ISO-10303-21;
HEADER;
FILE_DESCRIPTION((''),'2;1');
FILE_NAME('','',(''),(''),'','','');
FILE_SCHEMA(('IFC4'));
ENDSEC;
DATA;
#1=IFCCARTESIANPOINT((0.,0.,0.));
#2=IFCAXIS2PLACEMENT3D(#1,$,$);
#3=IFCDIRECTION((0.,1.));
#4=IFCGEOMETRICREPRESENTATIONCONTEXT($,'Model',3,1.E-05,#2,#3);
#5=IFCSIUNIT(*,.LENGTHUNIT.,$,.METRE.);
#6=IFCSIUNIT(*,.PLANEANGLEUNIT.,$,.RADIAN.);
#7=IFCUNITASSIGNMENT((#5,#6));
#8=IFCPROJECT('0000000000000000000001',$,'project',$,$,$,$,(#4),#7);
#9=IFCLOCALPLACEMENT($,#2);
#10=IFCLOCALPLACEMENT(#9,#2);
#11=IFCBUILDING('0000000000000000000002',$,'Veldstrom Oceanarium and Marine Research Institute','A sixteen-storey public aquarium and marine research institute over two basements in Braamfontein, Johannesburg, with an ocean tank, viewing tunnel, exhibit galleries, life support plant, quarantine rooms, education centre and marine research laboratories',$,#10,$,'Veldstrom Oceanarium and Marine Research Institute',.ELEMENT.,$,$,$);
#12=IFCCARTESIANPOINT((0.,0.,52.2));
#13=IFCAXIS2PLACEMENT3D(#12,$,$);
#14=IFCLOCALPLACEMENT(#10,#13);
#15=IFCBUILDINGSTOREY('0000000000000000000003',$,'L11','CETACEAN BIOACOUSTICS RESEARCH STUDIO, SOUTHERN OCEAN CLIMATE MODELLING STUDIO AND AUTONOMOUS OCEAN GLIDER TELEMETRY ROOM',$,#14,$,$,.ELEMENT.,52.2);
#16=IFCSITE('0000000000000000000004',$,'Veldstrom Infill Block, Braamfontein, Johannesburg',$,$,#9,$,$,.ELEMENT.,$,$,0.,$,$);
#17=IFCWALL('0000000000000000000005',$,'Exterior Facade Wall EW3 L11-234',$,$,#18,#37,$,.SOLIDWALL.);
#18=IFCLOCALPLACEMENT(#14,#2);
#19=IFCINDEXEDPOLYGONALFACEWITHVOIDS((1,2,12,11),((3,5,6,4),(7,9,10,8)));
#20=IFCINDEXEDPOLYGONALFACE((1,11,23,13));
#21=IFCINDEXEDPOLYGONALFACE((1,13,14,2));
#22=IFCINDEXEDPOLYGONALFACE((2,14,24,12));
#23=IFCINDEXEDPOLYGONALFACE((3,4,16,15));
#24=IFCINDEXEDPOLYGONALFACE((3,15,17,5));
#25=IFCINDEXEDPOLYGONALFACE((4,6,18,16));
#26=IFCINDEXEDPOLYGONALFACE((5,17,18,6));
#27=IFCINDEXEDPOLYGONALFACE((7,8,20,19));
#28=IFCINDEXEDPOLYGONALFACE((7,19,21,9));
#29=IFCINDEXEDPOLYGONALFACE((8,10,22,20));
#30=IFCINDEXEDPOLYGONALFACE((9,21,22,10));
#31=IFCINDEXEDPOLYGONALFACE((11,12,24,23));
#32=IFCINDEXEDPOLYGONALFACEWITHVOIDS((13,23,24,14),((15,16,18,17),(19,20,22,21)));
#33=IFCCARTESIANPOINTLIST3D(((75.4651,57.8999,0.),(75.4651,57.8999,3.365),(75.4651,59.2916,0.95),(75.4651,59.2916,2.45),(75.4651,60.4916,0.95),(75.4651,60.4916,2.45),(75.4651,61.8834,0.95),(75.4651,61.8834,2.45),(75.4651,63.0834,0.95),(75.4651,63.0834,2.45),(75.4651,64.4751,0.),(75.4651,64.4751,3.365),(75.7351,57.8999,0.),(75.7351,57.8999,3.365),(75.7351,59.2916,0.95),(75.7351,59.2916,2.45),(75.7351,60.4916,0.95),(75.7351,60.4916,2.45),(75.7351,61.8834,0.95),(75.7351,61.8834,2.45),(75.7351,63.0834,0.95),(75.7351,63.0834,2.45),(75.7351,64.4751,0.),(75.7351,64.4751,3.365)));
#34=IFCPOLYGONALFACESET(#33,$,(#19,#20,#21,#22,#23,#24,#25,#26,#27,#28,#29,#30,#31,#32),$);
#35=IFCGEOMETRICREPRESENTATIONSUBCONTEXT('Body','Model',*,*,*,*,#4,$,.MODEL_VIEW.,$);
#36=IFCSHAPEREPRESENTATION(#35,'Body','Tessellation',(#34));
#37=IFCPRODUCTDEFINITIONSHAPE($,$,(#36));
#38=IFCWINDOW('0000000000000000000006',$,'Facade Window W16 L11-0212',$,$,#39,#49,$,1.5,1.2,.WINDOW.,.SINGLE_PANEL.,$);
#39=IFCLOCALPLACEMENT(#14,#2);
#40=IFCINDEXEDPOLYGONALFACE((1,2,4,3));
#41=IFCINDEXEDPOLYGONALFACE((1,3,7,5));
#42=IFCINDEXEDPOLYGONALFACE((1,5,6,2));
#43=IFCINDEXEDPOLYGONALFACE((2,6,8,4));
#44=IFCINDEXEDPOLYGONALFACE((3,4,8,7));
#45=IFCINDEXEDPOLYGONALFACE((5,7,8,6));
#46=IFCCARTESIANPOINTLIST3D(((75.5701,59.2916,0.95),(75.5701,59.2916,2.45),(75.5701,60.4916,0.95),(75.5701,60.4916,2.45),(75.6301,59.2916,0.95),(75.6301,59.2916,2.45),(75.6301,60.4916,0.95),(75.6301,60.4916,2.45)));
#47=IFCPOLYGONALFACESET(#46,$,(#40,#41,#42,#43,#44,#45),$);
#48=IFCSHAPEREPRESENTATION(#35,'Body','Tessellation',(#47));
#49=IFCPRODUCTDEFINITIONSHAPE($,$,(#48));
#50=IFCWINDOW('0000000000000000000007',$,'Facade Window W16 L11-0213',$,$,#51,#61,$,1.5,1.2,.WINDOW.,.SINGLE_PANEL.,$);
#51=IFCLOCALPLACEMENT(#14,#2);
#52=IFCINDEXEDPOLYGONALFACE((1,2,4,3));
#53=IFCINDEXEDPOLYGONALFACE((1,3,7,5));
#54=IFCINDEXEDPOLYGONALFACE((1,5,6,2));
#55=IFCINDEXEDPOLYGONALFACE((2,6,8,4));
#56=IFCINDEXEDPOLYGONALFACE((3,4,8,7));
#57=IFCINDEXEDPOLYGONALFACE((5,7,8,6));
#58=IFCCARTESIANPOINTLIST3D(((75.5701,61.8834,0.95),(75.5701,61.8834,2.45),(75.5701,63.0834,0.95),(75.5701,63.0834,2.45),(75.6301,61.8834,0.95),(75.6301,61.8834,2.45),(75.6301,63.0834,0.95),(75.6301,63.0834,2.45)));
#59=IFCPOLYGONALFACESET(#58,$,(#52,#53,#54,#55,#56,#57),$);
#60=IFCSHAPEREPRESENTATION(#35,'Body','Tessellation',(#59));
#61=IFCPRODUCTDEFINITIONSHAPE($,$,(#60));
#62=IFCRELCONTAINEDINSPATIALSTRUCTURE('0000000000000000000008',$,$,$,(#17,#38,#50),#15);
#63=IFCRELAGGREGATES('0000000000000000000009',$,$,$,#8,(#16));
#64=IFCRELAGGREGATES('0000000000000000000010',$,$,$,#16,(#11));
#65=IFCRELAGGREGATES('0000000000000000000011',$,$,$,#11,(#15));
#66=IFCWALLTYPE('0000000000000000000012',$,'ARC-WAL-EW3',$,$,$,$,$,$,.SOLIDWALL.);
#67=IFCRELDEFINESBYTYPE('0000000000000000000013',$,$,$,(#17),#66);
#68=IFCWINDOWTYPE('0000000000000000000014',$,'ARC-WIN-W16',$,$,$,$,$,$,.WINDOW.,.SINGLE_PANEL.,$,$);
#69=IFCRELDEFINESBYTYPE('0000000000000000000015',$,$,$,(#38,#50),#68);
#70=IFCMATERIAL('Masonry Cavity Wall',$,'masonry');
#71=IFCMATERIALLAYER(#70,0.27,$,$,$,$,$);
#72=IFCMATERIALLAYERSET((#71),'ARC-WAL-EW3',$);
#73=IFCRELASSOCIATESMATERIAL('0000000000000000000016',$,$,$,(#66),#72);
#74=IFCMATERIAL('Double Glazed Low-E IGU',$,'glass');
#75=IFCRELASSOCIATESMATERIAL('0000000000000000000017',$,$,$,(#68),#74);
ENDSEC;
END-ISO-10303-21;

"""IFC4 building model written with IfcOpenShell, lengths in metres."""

from ifc_helpers import new_model, si_unit, direction, frame, frame_2d, origin, place, context, subcontext, project, spatial, rectangle, extrude, material, layer, layer_set, type_object, element, fill, save


model = new_model("IFC4")

# Units and contexts
model_context = context("Model", 3, precision=1e-05, world=origin(), true_north=direction((0.0, 1.0)))
body_context = subcontext(model_context, "Body", "Model", "MODEL_VIEW")
ifc_project = project(units=[si_unit("LENGTHUNIT", "METRE"), si_unit("PLANEANGLEUNIT", "RADIAN")], contexts=[model_context])

# Site, building, storey
site_placement = place(None, origin())
site = spatial("IfcSite", under=ifc_project, at=site_placement, Name="Veldstrom Infill Block, Braamfontein, Johannesburg", CompositionType="ELEMENT", RefElevation=0.0)
building_placement = place(site_placement, origin())
building = spatial("IfcBuilding", under=site, at=building_placement, Name="Veldstrom Oceanarium and Marine Research Institute", Description="A sixteen-storey public aquarium and marine research institute over two basements in Braamfontein, Johannesburg, with an ocean tank, viewing tunnel, exhibit galleries, life support plant, quarantine rooms, education centre and marine research laboratories", LongName="Veldstrom Oceanarium and Marine Research Institute", CompositionType="ELEMENT")
storey_placement = place(building_placement, frame((0.0, 0.0, 52.2)))
storey = spatial("IfcBuildingStorey", under=building, at=storey_placement, Name="L11", Description="CETACEAN BIOACOUSTICS RESEARCH STUDIO, SOUTHERN OCEAN CLIMATE MODELLING STUDIO AND AUTONOMOUS OCEAN GLIDER TELEMETRY ROOM", CompositionType="ELEMENT", Elevation=52.2)

# Wall, openings, windows
ifc_material_1 = material(Name="Masonry Cavity Wall", Category="masonry")
ifc_layer_1 = layer(ifc_material_1, 0.27)
ifc_layer_set_1 = layer_set([ifc_layer_1], Name="ARC-WAL-EW3")
wall_type_1 = type_object("IfcWallType", Name="ARC-WAL-EW3", PredefinedType="SOLIDWALL", material=ifc_layer_set_1)
wall_1_placement = place(storey_placement, frame((75.6001, 57.8999, 0.0), z_axis=(0.0, 0.0, 1.0), x_axis=(0.0, 1.0, 0.0)))
wall_1 = element("IfcWall", 1, at=wall_1_placement, inside=storey, type_object=wall_type_1, Name="Exterior Facade Wall EW3 L11-234", PredefinedType="SOLIDWALL", context=body_context, shape_type="SweptSolid", body=[
    extrude(rectangle(XDim=6.5752, YDim=0.27, at=frame_2d((3.2876, 0.0))), origin(), (0.0, 0.0, 1.0), 3.365),
])
opening_1_placement = place(wall_1_placement, frame((1.3916, 0.0, 0.95)))
opening_1 = element("IfcOpeningElement", 2, at=opening_1_placement, cuts=wall_1, PredefinedType="OPENING", context=body_context, shape_type="SweptSolid", body=[
    extrude(rectangle(XDim=1.2, YDim=1.5, at=frame_2d((0.6001, 0.75))), frame((0.0, 0.145, 0.0), z_axis=(0.0, -1.0, 0.0), x_axis=(1.0, 0.0, 0.0)), (0.0, 0.0, 1.0), 0.29),
])
opening_2_placement = place(wall_1_placement, frame((3.9834, 0.0, 0.95)))
opening_2 = element("IfcOpeningElement", 3, at=opening_2_placement, cuts=wall_1, PredefinedType="OPENING", context=body_context, shape_type="SweptSolid", body=[
    extrude(rectangle(XDim=1.2, YDim=1.5, at=frame_2d((0.6001, 0.75))), frame((0.0, 0.145, 0.0), z_axis=(0.0, -1.0, 0.0), x_axis=(1.0, 0.0, 0.0)), (0.0, 0.0, 1.0), 0.29),
])
ifc_material_2 = material(Name="Double Glazed Low-E IGU", Category="glass")
window_type_1 = type_object("IfcWindowType", Name="ARC-WIN-W16", PartitioningType="SINGLE_PANEL", PredefinedType="WINDOW", material=ifc_material_2)
window_1_placement = place(opening_1_placement, origin())
window_1 = element("IfcWindow", 4, at=window_1_placement, inside=storey, type_object=window_type_1, Name="Facade Window W16 L11-0212", OverallHeight=1.5, OverallWidth=1.2, PartitioningType="SINGLE_PANEL", PredefinedType="WINDOW", context=body_context, shape_type="SweptSolid", body=[
    extrude(rectangle(XDim=1.2, YDim=1.5, at=frame_2d((0.6001, 0.75))), frame((0.0, 0.03, 0.0), z_axis=(0.0, -1.0, 0.0), x_axis=(1.0, 0.0, 0.0)), (0.0, 0.0, 1.0), 0.0601),
])
fill(opening_1, window_1)
window_2_placement = place(opening_2_placement, origin())
window_2 = element("IfcWindow", 5, at=window_2_placement, inside=storey, type_object=window_type_1, Name="Facade Window W16 L11-0213", OverallHeight=1.5, OverallWidth=1.2, PartitioningType="SINGLE_PANEL", PredefinedType="WINDOW", context=body_context, shape_type="SweptSolid", body=[
    extrude(rectangle(XDim=1.2, YDim=1.5, at=frame_2d((0.6001, 0.75))), frame((0.0, 0.03, 0.0), z_axis=(0.0, -1.0, 0.0), x_axis=(1.0, 0.0, 0.0)), (0.0, 0.0, 1.0), 0.0601),
])
fill(opening_2, window_2)

save(model, "model.ifc")
